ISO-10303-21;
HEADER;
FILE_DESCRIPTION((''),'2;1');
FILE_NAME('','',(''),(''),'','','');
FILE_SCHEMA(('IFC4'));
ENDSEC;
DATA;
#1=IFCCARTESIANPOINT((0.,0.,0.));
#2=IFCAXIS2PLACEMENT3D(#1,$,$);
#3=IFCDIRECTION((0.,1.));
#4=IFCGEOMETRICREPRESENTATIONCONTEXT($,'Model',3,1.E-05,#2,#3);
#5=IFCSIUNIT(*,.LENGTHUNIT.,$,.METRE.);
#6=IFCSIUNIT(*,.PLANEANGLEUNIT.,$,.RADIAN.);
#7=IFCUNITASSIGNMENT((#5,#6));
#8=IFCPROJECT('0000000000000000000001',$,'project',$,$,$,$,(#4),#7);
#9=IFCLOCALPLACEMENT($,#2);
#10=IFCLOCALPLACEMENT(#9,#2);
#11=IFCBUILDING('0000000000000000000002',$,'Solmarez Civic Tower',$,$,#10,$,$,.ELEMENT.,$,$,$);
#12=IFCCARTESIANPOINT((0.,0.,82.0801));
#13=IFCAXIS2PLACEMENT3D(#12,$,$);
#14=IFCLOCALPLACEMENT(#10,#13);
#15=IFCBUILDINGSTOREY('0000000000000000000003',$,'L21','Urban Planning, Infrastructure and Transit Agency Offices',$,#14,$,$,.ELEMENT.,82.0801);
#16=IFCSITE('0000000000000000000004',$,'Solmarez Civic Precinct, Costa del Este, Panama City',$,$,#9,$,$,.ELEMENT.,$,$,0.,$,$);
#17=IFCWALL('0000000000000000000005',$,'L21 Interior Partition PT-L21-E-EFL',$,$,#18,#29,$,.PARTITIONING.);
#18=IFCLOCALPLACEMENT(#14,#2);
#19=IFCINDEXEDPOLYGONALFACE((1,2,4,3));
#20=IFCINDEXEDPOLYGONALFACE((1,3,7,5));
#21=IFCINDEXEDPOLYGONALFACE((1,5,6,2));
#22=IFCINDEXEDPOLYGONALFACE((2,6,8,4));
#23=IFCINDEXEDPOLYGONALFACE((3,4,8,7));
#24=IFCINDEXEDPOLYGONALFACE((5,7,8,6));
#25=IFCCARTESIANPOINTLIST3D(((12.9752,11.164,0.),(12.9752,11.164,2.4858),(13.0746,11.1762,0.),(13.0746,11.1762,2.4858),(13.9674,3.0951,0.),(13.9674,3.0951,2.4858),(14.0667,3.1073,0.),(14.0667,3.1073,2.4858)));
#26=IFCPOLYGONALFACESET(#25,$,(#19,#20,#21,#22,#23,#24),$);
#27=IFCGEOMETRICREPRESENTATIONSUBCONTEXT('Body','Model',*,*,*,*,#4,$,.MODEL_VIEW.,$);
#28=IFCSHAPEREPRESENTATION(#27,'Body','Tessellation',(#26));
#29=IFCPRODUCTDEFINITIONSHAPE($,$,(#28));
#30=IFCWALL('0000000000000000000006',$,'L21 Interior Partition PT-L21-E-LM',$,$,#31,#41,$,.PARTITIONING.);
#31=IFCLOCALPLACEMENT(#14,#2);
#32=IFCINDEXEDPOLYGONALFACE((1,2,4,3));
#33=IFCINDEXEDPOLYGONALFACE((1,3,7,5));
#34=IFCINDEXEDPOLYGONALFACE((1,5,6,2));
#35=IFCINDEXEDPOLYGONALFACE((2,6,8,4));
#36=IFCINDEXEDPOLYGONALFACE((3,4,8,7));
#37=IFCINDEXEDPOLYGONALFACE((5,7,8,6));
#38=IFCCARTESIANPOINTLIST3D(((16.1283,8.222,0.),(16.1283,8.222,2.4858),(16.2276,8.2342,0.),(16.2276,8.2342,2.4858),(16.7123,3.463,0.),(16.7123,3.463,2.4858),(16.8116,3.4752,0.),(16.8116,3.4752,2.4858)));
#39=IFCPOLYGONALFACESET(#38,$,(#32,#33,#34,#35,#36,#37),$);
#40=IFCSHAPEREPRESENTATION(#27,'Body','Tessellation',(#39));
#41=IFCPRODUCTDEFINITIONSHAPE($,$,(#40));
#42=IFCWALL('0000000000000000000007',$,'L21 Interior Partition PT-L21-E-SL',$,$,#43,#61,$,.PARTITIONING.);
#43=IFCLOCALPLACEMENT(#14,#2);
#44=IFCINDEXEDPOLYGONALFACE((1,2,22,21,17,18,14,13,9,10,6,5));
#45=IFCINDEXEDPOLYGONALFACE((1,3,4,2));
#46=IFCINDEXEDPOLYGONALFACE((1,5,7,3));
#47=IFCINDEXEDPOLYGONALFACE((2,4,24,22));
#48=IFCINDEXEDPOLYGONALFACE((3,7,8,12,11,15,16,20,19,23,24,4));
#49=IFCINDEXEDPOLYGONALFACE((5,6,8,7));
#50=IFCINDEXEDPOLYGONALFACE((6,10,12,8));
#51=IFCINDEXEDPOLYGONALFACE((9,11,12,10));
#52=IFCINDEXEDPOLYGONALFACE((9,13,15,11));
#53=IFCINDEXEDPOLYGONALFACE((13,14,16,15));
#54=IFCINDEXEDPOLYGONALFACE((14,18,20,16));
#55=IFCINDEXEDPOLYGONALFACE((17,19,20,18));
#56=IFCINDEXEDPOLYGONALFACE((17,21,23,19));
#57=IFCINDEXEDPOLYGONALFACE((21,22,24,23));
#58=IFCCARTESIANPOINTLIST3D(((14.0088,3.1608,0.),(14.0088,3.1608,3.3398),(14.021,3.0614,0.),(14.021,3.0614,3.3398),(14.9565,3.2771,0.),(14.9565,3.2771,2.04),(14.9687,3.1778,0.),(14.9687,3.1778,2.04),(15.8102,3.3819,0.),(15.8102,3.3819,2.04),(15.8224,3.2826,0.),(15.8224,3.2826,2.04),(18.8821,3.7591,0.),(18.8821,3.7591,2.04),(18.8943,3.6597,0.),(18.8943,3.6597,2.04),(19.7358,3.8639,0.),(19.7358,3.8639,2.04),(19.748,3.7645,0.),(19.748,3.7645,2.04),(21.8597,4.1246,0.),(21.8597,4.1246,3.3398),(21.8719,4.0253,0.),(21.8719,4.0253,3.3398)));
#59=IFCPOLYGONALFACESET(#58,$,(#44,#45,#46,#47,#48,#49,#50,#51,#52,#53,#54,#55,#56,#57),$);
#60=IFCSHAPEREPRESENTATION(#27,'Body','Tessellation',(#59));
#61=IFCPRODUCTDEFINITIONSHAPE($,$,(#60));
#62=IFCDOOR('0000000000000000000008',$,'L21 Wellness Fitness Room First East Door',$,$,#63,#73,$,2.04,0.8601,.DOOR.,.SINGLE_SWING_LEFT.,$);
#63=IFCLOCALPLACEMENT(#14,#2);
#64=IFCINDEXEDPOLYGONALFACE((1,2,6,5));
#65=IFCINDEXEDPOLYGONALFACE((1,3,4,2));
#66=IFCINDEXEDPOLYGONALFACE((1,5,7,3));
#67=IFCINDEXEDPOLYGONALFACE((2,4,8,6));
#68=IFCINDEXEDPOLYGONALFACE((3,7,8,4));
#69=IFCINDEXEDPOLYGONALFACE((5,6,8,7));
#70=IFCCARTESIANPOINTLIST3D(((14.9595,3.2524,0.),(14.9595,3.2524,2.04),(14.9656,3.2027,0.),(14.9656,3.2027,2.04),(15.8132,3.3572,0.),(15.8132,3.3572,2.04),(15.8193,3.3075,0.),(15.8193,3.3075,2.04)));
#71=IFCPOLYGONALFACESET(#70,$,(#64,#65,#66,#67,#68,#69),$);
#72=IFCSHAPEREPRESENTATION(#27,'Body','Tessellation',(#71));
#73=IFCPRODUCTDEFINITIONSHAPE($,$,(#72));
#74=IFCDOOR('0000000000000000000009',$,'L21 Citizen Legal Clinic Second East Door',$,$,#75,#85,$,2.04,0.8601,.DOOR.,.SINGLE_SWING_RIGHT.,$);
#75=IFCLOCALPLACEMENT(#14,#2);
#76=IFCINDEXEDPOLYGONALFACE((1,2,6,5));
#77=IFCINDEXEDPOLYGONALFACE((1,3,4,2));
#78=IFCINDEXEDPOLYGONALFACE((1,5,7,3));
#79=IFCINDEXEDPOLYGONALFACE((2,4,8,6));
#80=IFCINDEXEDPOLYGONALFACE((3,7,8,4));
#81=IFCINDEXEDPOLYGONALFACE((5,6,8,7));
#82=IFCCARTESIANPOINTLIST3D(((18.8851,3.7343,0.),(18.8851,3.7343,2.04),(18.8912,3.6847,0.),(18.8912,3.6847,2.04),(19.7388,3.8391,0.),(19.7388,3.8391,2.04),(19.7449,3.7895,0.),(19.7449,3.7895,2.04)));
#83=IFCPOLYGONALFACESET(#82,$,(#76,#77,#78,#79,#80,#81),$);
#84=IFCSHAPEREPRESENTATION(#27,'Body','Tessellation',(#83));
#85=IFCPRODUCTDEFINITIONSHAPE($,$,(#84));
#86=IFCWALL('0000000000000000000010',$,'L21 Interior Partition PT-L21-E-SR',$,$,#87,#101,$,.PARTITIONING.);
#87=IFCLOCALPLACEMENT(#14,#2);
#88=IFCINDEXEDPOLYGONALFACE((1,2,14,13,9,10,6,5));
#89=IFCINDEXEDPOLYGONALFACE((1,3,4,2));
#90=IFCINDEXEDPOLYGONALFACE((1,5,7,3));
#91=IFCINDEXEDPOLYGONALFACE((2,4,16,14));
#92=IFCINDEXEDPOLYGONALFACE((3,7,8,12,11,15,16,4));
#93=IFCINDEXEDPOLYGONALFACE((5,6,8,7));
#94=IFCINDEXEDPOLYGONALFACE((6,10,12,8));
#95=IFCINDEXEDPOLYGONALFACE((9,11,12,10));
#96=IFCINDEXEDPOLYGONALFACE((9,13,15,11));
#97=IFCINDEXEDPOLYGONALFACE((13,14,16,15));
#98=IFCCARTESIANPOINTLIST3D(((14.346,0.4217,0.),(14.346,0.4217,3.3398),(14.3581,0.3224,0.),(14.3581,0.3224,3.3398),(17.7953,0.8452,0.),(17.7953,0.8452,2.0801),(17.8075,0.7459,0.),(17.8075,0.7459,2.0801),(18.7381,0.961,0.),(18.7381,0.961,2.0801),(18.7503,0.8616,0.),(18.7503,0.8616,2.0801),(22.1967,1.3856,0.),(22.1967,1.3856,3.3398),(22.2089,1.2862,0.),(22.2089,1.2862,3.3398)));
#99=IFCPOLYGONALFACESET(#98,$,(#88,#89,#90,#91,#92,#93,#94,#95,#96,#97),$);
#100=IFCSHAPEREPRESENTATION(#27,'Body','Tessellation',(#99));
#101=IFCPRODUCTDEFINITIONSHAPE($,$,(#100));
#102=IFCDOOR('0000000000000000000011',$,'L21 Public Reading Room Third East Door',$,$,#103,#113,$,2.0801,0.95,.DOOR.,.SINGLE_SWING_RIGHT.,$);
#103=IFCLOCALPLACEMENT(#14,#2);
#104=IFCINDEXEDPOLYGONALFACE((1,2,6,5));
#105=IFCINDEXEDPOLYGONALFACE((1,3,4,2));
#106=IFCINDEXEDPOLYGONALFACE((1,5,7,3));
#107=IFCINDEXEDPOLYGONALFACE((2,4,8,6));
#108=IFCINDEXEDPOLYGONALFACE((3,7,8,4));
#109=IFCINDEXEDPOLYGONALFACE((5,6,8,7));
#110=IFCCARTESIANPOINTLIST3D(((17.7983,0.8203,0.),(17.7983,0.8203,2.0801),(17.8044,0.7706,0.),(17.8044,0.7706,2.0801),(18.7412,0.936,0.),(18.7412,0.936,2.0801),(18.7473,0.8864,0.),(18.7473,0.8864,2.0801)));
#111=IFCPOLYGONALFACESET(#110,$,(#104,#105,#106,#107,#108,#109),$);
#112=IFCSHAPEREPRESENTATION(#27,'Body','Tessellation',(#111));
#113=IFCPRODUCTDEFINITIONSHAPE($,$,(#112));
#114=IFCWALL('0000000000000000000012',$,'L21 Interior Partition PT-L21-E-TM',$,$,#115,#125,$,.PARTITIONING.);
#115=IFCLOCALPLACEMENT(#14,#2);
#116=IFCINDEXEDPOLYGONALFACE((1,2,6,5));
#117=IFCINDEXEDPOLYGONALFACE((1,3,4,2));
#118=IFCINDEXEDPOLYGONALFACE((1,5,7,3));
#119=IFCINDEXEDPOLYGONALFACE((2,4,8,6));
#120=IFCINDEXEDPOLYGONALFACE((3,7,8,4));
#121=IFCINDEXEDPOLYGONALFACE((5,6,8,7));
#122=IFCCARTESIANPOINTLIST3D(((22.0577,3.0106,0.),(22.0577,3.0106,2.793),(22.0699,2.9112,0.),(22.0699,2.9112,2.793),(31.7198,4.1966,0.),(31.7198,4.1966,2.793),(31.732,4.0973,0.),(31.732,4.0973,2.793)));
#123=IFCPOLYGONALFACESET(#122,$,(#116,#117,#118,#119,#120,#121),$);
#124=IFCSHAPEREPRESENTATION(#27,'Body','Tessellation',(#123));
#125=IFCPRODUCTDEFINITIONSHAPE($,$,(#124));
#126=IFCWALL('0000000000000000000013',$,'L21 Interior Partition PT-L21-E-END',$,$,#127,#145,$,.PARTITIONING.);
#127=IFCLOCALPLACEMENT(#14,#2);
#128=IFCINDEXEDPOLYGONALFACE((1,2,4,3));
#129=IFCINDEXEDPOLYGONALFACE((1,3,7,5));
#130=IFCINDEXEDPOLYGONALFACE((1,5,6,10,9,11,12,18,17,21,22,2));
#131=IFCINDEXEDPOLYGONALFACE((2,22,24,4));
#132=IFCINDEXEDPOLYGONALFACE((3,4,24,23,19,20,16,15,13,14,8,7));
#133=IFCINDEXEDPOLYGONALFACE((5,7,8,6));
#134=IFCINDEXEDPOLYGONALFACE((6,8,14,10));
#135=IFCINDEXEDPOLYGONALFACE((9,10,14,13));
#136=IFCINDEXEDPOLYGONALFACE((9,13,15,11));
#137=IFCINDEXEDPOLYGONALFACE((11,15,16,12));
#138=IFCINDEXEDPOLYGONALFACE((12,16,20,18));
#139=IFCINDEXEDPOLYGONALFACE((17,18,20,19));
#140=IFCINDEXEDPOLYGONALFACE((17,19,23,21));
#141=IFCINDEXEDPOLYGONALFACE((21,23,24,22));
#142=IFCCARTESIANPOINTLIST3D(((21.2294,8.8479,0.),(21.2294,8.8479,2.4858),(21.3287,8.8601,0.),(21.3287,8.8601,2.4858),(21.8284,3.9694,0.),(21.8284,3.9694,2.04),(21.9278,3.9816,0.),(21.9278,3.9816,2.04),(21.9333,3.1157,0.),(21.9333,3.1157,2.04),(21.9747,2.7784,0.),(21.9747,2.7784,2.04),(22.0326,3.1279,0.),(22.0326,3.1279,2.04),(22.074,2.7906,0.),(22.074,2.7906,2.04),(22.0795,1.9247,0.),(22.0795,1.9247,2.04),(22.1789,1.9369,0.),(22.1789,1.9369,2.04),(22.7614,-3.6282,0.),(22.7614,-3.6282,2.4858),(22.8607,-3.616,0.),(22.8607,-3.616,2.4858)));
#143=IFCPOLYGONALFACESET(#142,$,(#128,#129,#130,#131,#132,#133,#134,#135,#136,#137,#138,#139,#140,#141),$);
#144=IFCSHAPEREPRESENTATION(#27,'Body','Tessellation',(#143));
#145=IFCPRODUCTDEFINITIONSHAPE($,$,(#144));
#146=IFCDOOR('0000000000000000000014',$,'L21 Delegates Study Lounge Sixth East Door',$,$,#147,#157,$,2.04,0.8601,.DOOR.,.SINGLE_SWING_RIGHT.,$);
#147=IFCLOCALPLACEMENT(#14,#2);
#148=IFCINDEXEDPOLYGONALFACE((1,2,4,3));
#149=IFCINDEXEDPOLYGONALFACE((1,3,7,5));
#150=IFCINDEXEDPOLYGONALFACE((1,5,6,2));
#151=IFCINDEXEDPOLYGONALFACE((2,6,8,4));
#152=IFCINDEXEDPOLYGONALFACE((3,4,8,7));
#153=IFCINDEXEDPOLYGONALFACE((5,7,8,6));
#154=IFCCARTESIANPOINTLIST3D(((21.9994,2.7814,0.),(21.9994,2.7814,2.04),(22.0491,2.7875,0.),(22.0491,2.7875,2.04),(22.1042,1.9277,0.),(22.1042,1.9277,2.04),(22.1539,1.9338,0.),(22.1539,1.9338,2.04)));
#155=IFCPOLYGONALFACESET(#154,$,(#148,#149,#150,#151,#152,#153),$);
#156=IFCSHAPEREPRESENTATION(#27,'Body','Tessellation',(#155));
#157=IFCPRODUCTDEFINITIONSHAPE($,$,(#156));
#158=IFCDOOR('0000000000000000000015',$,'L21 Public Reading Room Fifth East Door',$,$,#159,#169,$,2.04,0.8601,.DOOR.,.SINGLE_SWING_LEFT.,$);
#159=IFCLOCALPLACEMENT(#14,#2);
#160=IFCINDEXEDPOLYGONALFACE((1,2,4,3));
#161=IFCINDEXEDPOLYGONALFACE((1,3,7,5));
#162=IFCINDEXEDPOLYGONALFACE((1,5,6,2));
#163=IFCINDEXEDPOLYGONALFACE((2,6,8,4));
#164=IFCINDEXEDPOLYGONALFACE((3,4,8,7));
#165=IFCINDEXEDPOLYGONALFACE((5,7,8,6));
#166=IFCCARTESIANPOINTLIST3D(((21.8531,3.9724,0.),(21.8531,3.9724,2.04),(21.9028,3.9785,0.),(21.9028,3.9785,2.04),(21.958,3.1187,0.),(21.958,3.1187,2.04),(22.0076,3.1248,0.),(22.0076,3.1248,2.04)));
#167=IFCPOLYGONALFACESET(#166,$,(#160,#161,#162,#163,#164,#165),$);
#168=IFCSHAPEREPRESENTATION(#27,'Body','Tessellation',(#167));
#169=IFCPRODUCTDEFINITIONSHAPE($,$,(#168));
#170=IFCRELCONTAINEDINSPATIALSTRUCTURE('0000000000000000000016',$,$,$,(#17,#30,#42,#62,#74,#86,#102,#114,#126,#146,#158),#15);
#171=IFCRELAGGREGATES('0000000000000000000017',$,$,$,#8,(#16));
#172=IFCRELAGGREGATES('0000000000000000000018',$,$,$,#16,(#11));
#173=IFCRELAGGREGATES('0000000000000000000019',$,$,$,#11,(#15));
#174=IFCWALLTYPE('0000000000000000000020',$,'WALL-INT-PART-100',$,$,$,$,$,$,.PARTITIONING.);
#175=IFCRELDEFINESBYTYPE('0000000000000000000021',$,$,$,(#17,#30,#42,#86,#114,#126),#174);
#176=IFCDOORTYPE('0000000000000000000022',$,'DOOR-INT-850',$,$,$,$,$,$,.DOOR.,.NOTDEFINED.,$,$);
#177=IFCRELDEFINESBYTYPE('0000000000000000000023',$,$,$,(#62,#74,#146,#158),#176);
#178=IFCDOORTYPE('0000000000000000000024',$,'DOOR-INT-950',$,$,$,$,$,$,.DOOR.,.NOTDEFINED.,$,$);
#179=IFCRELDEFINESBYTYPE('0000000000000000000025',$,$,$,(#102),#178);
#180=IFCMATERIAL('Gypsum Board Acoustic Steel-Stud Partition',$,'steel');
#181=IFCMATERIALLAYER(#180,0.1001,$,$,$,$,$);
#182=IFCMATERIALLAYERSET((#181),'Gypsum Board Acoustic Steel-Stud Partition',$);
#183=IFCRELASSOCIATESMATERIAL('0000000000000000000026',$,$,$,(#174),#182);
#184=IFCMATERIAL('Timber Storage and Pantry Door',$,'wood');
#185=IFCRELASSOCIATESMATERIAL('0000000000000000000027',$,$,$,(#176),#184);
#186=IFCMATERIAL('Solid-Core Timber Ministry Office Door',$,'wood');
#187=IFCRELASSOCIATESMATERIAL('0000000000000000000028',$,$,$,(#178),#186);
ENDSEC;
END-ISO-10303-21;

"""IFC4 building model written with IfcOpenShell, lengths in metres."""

from ifc_helpers import new_model, si_unit, direction, frame, frame_2d, origin, place, context, subcontext, project, spatial, rectangle, extrude, material, layer, layer_set, type_object, element, fill, save


model = new_model("IFC4")

# Units and contexts
model_context = context("Model", 3, precision=1e-05, world=origin(), true_north=direction((0.0, 1.0)))
body_context = subcontext(model_context, "Body", "Model", "MODEL_VIEW")
ifc_project = project(units=[si_unit("LENGTHUNIT", "METRE"), si_unit("PLANEANGLEUNIT", "RADIAN")], contexts=[model_context])

# Site, building, storey
site_placement = place(None, origin())
site = spatial("IfcSite", under=ifc_project, at=site_placement, Name="Solmarez Civic Precinct, Costa del Este, Panama City", CompositionType="ELEMENT", RefElevation=0.0)
building_placement = place(site_placement, origin())
building = spatial("IfcBuilding", under=site, at=building_placement, Name="Solmarez Civic Tower", CompositionType="ELEMENT")
storey_placement = place(building_placement, frame((0.0, 0.0, 82.0801)))
storey = spatial("IfcBuildingStorey", under=building, at=storey_placement, Name="L21", Description="Urban Planning, Infrastructure and Transit Agency Offices", CompositionType="ELEMENT", Elevation=82.0801)

# Walls
ifc_material_1 = material(Name="Gypsum Board Acoustic Steel-Stud Partition", Category="steel")
ifc_layer_1 = layer(ifc_material_1, 0.1001)
ifc_layer_set_1 = layer_set([ifc_layer_1], Name="Gypsum Board Acoustic Steel-Stud Partition")
wall_type_1 = type_object("IfcWallType", Name="WALL-INT-PART-100", PredefinedType="PARTITIONING", material=ifc_layer_set_1)
wall_1_placement = place(storey_placement, frame((14.0171, 3.1011, 0.0), z_axis=(0.0, 0.0, 1.0), x_axis=(-0.122046, 0.992524, 0.0)))
element("IfcWall", 1, at=wall_1_placement, inside=storey, type_object=wall_type_1, Name="L21 Interior Partition PT-L21-E-EFL", PredefinedType="PARTITIONING", context=body_context, shape_type="SweptSolid", body=[
    extrude(rectangle(XDim=8.1296, YDim=0.1001, at=frame_2d((4.0649, 0.0))), origin(), (0.0, 0.0, 1.0), 2.4858),
])
wall_2_placement = place(storey_placement, frame((16.762, 3.469, 0.0), z_axis=(0.0, 0.0, 1.0), x_axis=(-0.121797, 0.992555, 0.0)))
element("IfcWall", 2, at=wall_2_placement, inside=storey, type_object=wall_type_1, Name="L21 Interior Partition PT-L21-E-LM", PredefinedType="PARTITIONING", context=body_context, shape_type="SweptSolid", body=[
    extrude(rectangle(XDim=4.7947, YDim=0.1001, at=frame_2d((2.3975, 0.0))), origin(), (0.0, 0.0, 1.0), 2.4858),
])

# Wall, openings, doors
wall_3_placement = place(storey_placement, frame((21.866, 4.075, 0.0), z_axis=(0.0, 0.0, 1.0), x_axis=(-0.992548, -0.121854, 0.0)))
wall_3 = element("IfcWall", 3, at=wall_3_placement, inside=storey, type_object=wall_type_1, Name="L21 Interior Partition PT-L21-E-SL", PredefinedType="PARTITIONING", context=body_context, shape_type="SweptSolid", body=[
    extrude(rectangle(XDim=7.9099, YDim=0.1001, at=frame_2d((3.9551, 0.0))), origin(), (0.0, 0.0, 1.0), 3.3398),
])
opening_1_placement = place(wall_3_placement, frame((6.095, 0.0, 0.0)))
opening_1 = element("IfcOpeningElement", 4, at=opening_1_placement, cuts=wall_3, PredefinedType="OPENING", context=body_context, shape_type="SweptSolid", body=[
    extrude(rectangle(XDim=0.8601, YDim=2.04, at=frame_2d((0.4302, 1.02))), frame((0.0, 0.0601, 0.0), z_axis=(0.0, -1.0, 0.0), x_axis=(1.0, 0.0, 0.0)), (0.0, 0.0, 1.0), 0.1201),
])
opening_2_placement = place(wall_3_placement, frame((2.1399, 0.0, 0.0)))
opening_2 = element("IfcOpeningElement", 5, at=opening_2_placement, cuts=wall_3, PredefinedType="OPENING", context=body_context, shape_type="SweptSolid", body=[
    extrude(rectangle(XDim=0.8601, YDim=2.04, at=frame_2d((0.4302, 1.02))), frame((0.0, 0.0601, 0.0), z_axis=(0.0, -1.0, 0.0), x_axis=(1.0, 0.0, 0.0)), (0.0, 0.0, 1.0), 0.1201),
])
ifc_material_2 = material(Name="Timber Storage and Pantry Door", Category="wood")
door_type_1 = type_object("IfcDoorType", Name="DOOR-INT-850", OperationType="NOTDEFINED", PredefinedType="DOOR", material=ifc_material_2)
door_1_placement = place(opening_1_placement, origin())
door_1 = element("IfcDoor", 6, at=door_1_placement, inside=storey, type_object=door_type_1, Name="L21 Wellness Fitness Room First East Door", OperationType="SINGLE_SWING_LEFT", OverallHeight=2.04, OverallWidth=0.8601, PredefinedType="DOOR", context=body_context, shape_type="SweptSolid", body=[
    extrude(rectangle(XDim=0.8601, YDim=2.04, at=frame_2d((0.4302, 1.02))), frame((0.0, 0.0249, 0.0), z_axis=(0.0, -1.0, 0.0), x_axis=(1.0, 0.0, 0.0)), (0.0, 0.0, 1.0), 0.05),
])
fill(opening_1, door_1)
door_2_placement = place(opening_2_placement, origin())
door_2 = element("IfcDoor", 7, at=door_2_placement, inside=storey, type_object=door_type_1, Name="L21 Citizen Legal Clinic Second East Door", OperationType="SINGLE_SWING_RIGHT", OverallHeight=2.04, OverallWidth=0.8601, PredefinedType="DOOR", context=body_context, shape_type="SweptSolid", body=[
    extrude(rectangle(XDim=0.8601, YDim=2.04, at=frame_2d((0.4302, 1.02))), frame((0.0, 0.0249, 0.0), z_axis=(0.0, -1.0, 0.0), x_axis=(1.0, 0.0, 0.0)), (0.0, 0.0, 1.0), 0.05),
])
fill(opening_2, door_2)

# Wall, opening, door
wall_4_placement = place(storey_placement, frame((14.3521, 0.3721, 0.0), z_axis=(0.0, 0.0, 1.0), x_axis=(0.992548, 0.121858, 0.0)))
wall_4 = element("IfcWall", 8, at=wall_4_placement, inside=storey, type_object=wall_type_1, Name="L21 Interior Partition PT-L21-E-SR", PredefinedType="PARTITIONING", context=body_context, shape_type="SweptSolid", body=[
    extrude(rectangle(XDim=7.9097, YDim=0.1001, at=frame_2d((3.9548, 0.0))), origin(), (0.0, 0.0, 1.0), 3.3398),
])
opening_3_placement = place(wall_4_placement, frame((3.4751, 0.0, 0.0)))
opening_3 = element("IfcOpeningElement", 9, at=opening_3_placement, cuts=wall_4, PredefinedType="OPENING", context=body_context, shape_type="SweptSolid", body=[
    extrude(rectangle(XDim=0.95, YDim=2.0801, at=frame_2d((0.4751, 1.04))), frame((0.0, 0.0601, 0.0), z_axis=(0.0, -1.0, 0.0), x_axis=(1.0, 0.0, 0.0)), (0.0, 0.0, 1.0), 0.1201),
])
ifc_material_3 = material(Name="Solid-Core Timber Ministry Office Door", Category="wood")
door_type_2 = type_object("IfcDoorType", Name="DOOR-INT-950", OperationType="NOTDEFINED", PredefinedType="DOOR", material=ifc_material_3)
door_3_placement = place(opening_3_placement, origin())
door_3 = element("IfcDoor", 10, at=door_3_placement, inside=storey, type_object=door_type_2, Name="L21 Public Reading Room Third East Door", OperationType="SINGLE_SWING_RIGHT", OverallHeight=2.0801, OverallWidth=0.95, PredefinedType="DOOR", context=body_context, shape_type="SweptSolid", body=[
    extrude(rectangle(XDim=0.95, YDim=2.0801, at=frame_2d((0.4751, 1.04))), frame((0.0, 0.0249, 0.0), z_axis=(0.0, -1.0, 0.0), x_axis=(1.0, 0.0, 0.0)), (0.0, 0.0, 1.0), 0.05),
])
fill(opening_3, door_3)

# Wall
wall_5_placement = place(storey_placement, frame((22.064, 2.9609, 0.0), z_axis=(0.0, 0.0, 1.0), x_axis=(0.99255, 0.121837, 0.0)))
element("IfcWall", 11, at=wall_5_placement, inside=storey, type_object=wall_type_1, Name="L21 Interior Partition PT-L21-E-TM", PredefinedType="PARTITIONING", context=body_context, shape_type="SweptSolid", body=[
    extrude(rectangle(XDim=9.7346, YDim=0.1001, at=frame_2d((4.8672, 0.0))), origin(), (0.0, 0.0, 1.0), 2.793),
])

# Wall, openings, doors
wall_6_placement = place(storey_placement, frame((21.2791, 8.854, 0.0), z_axis=(0.0, 0.0, 1.0), x_axis=(0.121878, -0.992545, 0.0)))
wall_6 = element("IfcWall", 12, at=wall_6_placement, inside=storey, type_object=wall_type_1, Name="L21 Interior Partition PT-L21-E-END", PredefinedType="PARTITIONING", context=body_context, shape_type="SweptSolid", body=[
    extrude(rectangle(XDim=12.5698, YDim=0.1001, at=frame_2d((6.2849, 0.0))), origin(), (0.0, 0.0, 1.0), 2.4858),
])
opening_4_placement = place(wall_6_placement, frame((6.115, 0.0, 0.0)))
opening_4 = element("IfcOpeningElement", 13, at=opening_4_placement, cuts=wall_6, PredefinedType="OPENING", context=body_context, shape_type="SweptSolid", body=[
    extrude(rectangle(XDim=0.8601, YDim=2.04, at=frame_2d((0.4302, 1.02))), frame((0.0, 0.0601, 0.0), z_axis=(0.0, -1.0, 0.0), x_axis=(1.0, 0.0, 0.0)), (0.0, 0.0, 1.0), 0.1201),
])
opening_5_placement = place(wall_6_placement, frame((4.915, 0.0, 0.0)))
opening_5 = element("IfcOpeningElement", 14, at=opening_5_placement, cuts=wall_6, PredefinedType="OPENING", context=body_context, shape_type="SweptSolid", body=[
    extrude(rectangle(XDim=0.8601, YDim=2.04, at=frame_2d((0.4302, 1.02))), frame((0.0, 0.0601, 0.0), z_axis=(0.0, -1.0, 0.0), x_axis=(1.0, 0.0, 0.0)), (0.0, 0.0, 1.0), 0.1201),
])
door_4_placement = place(opening_4_placement, origin())
door_4 = element("IfcDoor", 15, at=door_4_placement, inside=storey, type_object=door_type_1, Name="L21 Delegates Study Lounge Sixth East Door", OperationType="SINGLE_SWING_RIGHT", OverallHeight=2.04, OverallWidth=0.8601, PredefinedType="DOOR", context=body_context, shape_type="SweptSolid", body=[
    extrude(rectangle(XDim=0.8601, YDim=2.04, at=frame_2d((0.4302, 1.02))), frame((0.0, 0.0249, 0.0), z_axis=(0.0, -1.0, 0.0), x_axis=(1.0, 0.0, 0.0)), (0.0, 0.0, 1.0), 0.05),
])
fill(opening_4, door_4)
door_5_placement = place(opening_5_placement, origin())
door_5 = element("IfcDoor", 16, at=door_5_placement, inside=storey, type_object=door_type_1, Name="L21 Public Reading Room Fifth East Door", OperationType="SINGLE_SWING_LEFT", OverallHeight=2.04, OverallWidth=0.8601, PredefinedType="DOOR", context=body_context, shape_type="SweptSolid", body=[
    extrude(rectangle(XDim=0.8601, YDim=2.04, at=frame_2d((0.4302, 1.02))), frame((0.0, 0.0249, 0.0), z_axis=(0.0, -1.0, 0.0), x_axis=(1.0, 0.0, 0.0)), (0.0, 0.0, 1.0), 0.05),
])
fill(opening_5, door_5)

save(model, "model.ifc")
